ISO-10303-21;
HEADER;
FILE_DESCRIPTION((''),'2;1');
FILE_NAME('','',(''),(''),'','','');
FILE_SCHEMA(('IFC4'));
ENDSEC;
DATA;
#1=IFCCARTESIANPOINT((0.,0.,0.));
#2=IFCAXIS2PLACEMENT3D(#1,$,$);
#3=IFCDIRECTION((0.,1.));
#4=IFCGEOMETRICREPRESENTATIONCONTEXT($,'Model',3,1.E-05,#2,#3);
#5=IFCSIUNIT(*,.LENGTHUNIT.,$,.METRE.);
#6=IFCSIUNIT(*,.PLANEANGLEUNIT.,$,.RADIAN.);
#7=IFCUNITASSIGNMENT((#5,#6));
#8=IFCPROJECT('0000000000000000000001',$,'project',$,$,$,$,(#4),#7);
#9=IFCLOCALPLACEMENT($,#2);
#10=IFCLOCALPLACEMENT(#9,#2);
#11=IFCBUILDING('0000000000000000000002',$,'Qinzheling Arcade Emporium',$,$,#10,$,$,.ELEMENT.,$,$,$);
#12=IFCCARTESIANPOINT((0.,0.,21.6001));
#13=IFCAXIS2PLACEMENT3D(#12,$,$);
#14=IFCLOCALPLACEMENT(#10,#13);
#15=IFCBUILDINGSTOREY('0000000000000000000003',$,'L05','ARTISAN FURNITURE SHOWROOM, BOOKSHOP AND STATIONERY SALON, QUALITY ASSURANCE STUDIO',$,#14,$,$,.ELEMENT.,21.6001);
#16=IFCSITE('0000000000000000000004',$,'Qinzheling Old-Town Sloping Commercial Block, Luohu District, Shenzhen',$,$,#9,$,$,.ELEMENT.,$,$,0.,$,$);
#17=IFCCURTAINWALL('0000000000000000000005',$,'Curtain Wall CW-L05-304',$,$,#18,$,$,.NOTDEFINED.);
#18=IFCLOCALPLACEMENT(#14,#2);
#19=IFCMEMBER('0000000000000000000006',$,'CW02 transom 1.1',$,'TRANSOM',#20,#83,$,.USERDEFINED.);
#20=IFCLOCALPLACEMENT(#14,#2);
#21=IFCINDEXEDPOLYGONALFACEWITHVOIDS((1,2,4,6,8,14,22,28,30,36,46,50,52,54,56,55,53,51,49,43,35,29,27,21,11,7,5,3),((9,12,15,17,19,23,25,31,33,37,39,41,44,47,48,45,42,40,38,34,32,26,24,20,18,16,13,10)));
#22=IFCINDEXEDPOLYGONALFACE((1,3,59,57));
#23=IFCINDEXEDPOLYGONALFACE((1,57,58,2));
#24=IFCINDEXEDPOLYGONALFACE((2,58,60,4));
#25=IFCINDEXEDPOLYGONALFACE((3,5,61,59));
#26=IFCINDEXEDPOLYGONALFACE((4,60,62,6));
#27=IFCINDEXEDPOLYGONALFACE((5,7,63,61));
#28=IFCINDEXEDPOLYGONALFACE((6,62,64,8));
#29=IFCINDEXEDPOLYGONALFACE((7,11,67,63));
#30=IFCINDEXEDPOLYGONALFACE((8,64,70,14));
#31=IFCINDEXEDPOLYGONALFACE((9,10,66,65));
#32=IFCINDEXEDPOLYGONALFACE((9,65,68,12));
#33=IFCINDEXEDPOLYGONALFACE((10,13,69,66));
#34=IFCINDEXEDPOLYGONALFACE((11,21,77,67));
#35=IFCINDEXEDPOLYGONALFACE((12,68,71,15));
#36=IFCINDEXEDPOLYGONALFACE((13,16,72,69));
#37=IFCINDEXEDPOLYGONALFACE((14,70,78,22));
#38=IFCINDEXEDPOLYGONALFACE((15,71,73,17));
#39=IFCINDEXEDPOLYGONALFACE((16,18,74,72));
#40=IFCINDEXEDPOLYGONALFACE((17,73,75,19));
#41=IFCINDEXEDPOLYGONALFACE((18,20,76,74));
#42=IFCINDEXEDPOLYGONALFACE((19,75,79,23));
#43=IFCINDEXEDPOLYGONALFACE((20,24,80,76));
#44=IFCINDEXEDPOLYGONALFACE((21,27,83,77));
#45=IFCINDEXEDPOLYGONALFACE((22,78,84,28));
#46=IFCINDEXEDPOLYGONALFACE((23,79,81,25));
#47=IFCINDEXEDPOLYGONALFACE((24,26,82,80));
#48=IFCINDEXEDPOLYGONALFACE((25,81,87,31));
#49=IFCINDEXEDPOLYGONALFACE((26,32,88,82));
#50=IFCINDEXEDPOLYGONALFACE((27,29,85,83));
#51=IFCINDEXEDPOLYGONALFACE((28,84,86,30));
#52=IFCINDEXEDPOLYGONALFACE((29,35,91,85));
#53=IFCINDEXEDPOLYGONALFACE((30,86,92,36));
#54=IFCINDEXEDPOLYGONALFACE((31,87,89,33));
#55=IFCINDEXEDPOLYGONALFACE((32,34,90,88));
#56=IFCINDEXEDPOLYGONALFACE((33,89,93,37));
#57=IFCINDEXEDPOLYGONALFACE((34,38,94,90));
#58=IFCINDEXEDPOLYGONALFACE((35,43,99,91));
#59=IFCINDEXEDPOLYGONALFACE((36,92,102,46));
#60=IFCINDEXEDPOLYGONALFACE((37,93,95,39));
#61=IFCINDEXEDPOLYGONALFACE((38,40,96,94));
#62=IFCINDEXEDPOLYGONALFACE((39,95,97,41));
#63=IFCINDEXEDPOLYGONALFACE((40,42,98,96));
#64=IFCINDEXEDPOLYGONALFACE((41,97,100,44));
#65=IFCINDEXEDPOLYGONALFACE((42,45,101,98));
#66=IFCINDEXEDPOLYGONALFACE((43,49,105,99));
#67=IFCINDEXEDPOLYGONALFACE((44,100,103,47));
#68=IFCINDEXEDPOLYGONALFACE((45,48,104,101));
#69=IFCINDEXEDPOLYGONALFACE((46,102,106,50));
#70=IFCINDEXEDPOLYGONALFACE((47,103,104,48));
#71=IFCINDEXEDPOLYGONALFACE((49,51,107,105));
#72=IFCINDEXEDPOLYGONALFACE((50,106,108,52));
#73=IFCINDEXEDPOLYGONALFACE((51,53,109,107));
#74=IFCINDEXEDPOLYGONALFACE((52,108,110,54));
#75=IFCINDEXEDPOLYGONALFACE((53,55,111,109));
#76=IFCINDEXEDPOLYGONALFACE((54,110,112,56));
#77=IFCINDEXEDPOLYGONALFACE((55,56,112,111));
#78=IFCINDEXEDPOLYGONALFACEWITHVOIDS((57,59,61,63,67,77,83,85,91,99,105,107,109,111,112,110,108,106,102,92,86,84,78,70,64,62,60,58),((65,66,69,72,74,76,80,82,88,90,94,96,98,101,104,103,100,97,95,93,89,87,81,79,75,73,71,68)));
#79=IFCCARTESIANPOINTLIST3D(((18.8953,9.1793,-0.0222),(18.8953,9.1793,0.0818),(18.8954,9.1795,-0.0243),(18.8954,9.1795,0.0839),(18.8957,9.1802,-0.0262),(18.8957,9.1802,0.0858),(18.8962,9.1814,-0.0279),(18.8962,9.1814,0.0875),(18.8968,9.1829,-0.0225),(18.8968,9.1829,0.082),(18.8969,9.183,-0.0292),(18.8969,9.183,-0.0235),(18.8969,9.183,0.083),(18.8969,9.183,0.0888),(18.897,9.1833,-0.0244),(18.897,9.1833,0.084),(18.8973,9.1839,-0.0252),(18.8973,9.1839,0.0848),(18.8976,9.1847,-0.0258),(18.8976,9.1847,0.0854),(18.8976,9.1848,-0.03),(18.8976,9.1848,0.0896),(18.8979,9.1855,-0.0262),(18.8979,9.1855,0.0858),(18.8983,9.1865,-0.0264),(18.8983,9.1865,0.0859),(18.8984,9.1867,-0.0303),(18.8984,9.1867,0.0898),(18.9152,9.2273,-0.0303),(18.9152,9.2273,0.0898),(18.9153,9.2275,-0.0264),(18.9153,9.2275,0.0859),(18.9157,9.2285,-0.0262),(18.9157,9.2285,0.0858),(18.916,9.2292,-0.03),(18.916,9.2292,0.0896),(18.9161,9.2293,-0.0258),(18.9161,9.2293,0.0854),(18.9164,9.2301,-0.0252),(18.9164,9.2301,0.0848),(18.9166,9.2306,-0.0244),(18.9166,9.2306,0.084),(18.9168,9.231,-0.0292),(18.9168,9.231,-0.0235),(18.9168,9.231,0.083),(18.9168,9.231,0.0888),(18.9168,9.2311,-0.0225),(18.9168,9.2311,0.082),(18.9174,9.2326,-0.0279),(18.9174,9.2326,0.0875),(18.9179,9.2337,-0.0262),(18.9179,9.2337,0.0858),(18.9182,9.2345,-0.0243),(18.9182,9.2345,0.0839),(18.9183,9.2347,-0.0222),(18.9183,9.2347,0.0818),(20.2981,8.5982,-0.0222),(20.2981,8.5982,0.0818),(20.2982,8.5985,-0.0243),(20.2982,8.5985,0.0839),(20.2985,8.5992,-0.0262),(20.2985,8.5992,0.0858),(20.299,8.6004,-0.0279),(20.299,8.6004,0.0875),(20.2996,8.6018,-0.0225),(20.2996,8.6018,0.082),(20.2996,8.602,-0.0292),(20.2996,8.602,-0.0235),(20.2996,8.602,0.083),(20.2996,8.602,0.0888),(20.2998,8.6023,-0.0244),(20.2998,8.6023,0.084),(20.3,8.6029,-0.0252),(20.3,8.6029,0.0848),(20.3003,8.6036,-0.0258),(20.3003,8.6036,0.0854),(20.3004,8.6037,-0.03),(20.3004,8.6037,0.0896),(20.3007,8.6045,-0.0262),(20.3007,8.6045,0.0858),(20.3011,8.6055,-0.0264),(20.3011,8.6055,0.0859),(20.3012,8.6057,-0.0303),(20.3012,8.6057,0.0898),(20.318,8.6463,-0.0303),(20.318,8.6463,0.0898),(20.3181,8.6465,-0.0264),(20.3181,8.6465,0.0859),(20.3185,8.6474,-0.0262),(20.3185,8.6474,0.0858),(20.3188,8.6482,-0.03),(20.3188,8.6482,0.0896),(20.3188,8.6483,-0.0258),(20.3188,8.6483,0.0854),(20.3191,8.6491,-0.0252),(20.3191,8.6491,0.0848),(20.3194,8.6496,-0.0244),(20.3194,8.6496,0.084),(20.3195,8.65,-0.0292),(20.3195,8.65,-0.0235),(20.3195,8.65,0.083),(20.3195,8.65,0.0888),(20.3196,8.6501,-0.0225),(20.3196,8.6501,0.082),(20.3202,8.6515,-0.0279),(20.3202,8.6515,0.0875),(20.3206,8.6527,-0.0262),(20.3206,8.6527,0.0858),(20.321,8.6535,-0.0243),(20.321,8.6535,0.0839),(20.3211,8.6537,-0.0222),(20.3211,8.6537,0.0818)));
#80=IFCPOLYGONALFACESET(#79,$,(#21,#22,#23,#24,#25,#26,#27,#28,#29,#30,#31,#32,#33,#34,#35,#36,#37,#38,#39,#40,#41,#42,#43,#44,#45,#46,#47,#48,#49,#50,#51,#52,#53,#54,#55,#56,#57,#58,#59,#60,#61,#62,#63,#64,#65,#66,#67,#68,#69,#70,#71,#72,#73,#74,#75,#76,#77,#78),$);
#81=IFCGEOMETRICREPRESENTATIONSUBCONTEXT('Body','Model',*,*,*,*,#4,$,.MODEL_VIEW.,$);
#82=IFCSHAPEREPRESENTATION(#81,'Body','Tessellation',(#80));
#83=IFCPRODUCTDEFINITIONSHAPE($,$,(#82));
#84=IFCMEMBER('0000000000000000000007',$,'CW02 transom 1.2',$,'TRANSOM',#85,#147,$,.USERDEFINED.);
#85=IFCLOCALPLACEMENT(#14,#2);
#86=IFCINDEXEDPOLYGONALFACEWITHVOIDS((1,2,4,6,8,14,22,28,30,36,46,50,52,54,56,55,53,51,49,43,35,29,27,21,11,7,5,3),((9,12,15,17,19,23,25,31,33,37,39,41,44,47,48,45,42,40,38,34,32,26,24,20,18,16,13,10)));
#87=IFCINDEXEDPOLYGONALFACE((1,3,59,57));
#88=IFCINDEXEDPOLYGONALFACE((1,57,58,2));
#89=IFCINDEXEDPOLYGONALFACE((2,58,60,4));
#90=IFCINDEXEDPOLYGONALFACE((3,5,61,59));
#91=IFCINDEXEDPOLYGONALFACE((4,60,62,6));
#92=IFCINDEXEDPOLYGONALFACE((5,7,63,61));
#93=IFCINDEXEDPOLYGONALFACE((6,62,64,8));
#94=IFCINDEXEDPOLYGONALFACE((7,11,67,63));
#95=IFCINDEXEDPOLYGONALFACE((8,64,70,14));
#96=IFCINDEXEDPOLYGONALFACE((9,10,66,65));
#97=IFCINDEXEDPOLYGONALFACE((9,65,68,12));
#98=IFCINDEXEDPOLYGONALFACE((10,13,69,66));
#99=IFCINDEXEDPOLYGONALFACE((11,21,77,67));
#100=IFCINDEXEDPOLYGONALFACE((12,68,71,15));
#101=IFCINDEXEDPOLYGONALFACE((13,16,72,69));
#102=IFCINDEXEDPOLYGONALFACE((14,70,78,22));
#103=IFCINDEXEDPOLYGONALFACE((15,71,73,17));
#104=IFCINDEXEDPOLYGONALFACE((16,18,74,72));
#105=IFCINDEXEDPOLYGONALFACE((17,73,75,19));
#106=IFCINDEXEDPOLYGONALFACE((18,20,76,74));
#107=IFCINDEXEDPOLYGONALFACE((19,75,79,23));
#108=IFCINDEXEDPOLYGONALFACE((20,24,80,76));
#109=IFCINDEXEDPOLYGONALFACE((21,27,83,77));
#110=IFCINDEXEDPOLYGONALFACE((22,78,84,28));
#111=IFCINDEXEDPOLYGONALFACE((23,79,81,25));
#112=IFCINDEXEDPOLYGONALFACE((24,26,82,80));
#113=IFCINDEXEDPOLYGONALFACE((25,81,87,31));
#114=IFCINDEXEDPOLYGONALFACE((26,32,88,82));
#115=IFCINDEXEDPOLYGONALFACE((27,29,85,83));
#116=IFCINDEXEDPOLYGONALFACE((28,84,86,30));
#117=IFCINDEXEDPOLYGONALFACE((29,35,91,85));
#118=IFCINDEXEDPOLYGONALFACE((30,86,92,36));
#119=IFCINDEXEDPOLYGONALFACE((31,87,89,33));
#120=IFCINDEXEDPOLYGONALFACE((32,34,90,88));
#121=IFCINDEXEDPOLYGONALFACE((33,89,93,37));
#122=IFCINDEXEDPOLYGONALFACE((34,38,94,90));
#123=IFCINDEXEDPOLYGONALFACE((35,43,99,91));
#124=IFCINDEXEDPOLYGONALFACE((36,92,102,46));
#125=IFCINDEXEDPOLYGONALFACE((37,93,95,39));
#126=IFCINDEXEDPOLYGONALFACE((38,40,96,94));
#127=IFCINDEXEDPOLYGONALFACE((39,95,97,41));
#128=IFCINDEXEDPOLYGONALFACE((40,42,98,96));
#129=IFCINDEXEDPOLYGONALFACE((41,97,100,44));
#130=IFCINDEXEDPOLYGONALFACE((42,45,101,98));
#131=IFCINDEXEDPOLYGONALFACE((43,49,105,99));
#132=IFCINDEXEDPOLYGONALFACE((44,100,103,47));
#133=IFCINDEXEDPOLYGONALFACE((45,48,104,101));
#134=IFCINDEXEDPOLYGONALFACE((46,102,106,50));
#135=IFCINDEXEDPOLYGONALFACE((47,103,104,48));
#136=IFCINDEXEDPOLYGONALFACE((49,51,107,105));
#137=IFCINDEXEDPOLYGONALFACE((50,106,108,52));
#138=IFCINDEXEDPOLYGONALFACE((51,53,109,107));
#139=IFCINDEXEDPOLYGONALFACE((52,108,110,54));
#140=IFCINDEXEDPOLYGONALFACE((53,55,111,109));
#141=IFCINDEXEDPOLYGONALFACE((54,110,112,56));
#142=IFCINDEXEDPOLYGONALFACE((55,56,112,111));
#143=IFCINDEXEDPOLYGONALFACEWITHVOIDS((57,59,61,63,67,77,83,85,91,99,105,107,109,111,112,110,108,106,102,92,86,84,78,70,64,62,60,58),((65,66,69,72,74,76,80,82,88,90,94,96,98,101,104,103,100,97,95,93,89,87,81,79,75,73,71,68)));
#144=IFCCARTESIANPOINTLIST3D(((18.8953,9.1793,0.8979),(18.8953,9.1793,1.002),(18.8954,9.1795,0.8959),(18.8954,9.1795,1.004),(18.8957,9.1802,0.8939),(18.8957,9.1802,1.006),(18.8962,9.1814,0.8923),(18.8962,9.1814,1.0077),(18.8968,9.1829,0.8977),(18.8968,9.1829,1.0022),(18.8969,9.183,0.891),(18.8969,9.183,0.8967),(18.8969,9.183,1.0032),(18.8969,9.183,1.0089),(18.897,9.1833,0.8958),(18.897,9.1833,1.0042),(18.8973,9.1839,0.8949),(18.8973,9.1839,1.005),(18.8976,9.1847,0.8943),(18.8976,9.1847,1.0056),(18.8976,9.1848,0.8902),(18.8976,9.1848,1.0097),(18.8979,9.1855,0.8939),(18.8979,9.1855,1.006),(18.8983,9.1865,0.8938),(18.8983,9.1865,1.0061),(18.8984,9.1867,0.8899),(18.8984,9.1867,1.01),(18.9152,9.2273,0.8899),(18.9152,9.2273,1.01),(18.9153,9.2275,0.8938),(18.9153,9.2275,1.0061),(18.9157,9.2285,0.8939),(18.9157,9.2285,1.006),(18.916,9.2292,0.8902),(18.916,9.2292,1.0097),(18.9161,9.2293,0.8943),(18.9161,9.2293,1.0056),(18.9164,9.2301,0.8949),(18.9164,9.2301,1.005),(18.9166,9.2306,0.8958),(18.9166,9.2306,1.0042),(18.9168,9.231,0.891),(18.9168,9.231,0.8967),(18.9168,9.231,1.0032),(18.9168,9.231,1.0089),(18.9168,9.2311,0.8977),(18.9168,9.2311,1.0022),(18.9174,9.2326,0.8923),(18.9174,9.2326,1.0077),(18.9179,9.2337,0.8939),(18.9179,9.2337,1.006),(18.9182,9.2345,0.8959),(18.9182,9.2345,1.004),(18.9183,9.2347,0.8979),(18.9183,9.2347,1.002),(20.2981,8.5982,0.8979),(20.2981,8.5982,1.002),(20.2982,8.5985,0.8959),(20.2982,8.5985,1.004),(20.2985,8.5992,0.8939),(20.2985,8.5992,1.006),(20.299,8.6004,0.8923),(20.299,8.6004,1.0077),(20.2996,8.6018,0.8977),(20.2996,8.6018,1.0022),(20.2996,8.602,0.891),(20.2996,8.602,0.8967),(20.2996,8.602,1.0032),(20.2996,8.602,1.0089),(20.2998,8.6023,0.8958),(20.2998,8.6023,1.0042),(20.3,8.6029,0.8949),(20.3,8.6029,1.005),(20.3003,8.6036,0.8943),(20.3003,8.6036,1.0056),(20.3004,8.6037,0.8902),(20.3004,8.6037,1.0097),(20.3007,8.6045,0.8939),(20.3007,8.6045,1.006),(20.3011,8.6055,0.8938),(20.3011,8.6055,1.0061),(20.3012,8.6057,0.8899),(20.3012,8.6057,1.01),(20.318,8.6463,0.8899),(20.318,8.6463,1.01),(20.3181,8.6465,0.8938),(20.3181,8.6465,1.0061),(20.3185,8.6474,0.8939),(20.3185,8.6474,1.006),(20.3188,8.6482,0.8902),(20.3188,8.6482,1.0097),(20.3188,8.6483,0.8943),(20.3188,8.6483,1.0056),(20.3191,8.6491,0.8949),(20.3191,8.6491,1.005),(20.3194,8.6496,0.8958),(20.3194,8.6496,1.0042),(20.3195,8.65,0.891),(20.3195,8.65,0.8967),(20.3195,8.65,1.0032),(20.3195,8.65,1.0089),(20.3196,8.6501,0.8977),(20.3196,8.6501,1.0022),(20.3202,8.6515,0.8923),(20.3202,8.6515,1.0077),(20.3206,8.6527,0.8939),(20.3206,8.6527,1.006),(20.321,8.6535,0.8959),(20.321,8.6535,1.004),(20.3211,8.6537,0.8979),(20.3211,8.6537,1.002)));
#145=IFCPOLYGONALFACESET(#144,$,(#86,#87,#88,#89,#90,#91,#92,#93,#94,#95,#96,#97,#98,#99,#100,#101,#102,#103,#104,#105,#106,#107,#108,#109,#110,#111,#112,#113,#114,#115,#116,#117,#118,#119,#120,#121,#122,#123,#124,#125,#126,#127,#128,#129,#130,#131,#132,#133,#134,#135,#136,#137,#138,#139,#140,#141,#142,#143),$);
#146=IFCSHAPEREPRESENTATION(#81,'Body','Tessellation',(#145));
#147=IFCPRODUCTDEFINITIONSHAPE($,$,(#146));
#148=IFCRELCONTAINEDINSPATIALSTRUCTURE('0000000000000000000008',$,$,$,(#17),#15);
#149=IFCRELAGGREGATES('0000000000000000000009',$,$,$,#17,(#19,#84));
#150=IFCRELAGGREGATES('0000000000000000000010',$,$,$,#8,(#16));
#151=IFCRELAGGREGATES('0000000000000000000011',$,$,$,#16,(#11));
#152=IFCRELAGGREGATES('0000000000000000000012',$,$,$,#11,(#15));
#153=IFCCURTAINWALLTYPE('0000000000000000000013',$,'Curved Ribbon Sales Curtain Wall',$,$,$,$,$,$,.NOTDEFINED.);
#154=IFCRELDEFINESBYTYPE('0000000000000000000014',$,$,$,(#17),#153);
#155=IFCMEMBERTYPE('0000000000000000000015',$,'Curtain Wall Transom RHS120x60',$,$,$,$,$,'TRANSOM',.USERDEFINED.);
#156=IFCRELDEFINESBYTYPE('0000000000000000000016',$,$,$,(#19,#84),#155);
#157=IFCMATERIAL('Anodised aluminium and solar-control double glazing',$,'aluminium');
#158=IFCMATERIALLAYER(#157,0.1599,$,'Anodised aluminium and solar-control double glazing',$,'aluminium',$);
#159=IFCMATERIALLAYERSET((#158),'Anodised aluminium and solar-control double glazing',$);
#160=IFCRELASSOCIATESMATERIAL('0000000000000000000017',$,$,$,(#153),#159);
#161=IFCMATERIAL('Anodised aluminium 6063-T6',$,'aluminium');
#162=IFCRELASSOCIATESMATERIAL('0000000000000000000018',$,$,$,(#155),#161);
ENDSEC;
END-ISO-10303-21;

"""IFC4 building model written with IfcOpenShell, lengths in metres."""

from ifc_helpers import new_model, si_unit, direction, frame, origin, origin_2d, place, context, subcontext, project, spatial, hollow_rectangle, extrude, material, layer, layer_set, material_profile, profile_set, type_object, element, aggregate, save


model = new_model("IFC4")

# Units and contexts
model_context = context("Model", 3, precision=1e-05, world=origin(), true_north=direction((0.0, 1.0)))
body_context = subcontext(model_context, "Body", "Model", "MODEL_VIEW")
ifc_project = project(units=[si_unit("LENGTHUNIT", "METRE"), si_unit("PLANEANGLEUNIT", "RADIAN")], contexts=[model_context])

# Site, building, storey
site_placement = place(None, origin())
site = spatial("IfcSite", under=ifc_project, at=site_placement, Name="Qinzheling Old-Town Sloping Commercial Block, Luohu District, Shenzhen", CompositionType="ELEMENT", RefElevation=0.0)
building_placement = place(site_placement, origin())
building = spatial("IfcBuilding", under=site, at=building_placement, Name="Qinzheling Arcade Emporium", CompositionType="ELEMENT")
storey_placement = place(building_placement, frame((0.0, 0.0, 21.6001)))
storey = spatial("IfcBuildingStorey", under=building, at=storey_placement, Name="L05", Description="ARTISAN FURNITURE SHOWROOM, BOOKSHOP AND STATIONERY SALON, QUALITY ASSURANCE STUDIO", CompositionType="ELEMENT", Elevation=21.6001)

# Curtain wall
ifc_material_1 = material(Name="Anodised aluminium and solar-control double glazing", Category="aluminium")
ifc_layer_1 = layer(ifc_material_1, 0.1599, Name="Anodised aluminium and solar-control double glazing", Category="aluminium")
ifc_layer_set_1 = layer_set([ifc_layer_1], Name="Anodised aluminium and solar-control double glazing")
curtain_wall_type = type_object("IfcCurtainWallType", Name="Curved Ribbon Sales Curtain Wall", PredefinedType="NOTDEFINED", material=ifc_layer_set_1)
ifc_material_2 = material(Name="Anodised aluminium 6063-T6", Category="aluminium")
curtain_wall_1_placement = place(storey_placement, origin())
curtain_wall_1 = element("IfcCurtainWall", 1, at=curtain_wall_1_placement, inside=storey, type_object=curtain_wall_type, Name="Curtain Wall CW-L05-304", PredefinedType="NOTDEFINED")

# Members
ifc_material_profile_1 = material_profile(ifc_material_2, hollow_rectangle(XDim=0.0601, YDim=0.1201, WallThickness=0.0039, InnerFilletRadius=0.0039, OuterFilletRadius=0.0081, at=origin_2d()), Name="RHS 120x60x4", Category="aluminium")
ifc_profile_set_1 = profile_set([ifc_material_profile_1], Name="Anodised aluminium 6063-T6")
member_type_1 = type_object("IfcMemberType", Name="Curtain Wall Transom RHS120x60", ElementType="TRANSOM", PredefinedType="USERDEFINED", material=ifc_profile_set_1)
member_1_placement = place(storey_placement, frame((20.3096, 8.626, 0.0298), z_axis=(-0.923884, 0.382674, 0.0), x_axis=(-0.382674, -0.923884, 0.0)))
member_1 = element("IfcMember", 2, at=member_1_placement, type_object=member_type_1, Name="CW02 transom 1.1", ObjectType="TRANSOM", PredefinedType="USERDEFINED", context=body_context, shape_type="SweptSolid", body=[
    extrude(hollow_rectangle(XDim=0.0601, YDim=0.1201, WallThickness=0.0039, InnerFilletRadius=0.0039, OuterFilletRadius=0.0081, at=origin_2d()), origin(), (0.0, 0.0, 1.0), 1.5183),
])
member_2_placement = place(storey_placement, frame((20.3096, 8.626, 0.95), z_axis=(-0.923884, 0.382674, 0.0), x_axis=(-0.382674, -0.923884, 0.0)))
member_2 = element("IfcMember", 3, at=member_2_placement, type_object=member_type_1, Name="CW02 transom 1.2", ObjectType="TRANSOM", PredefinedType="USERDEFINED", context=body_context, shape_type="SweptSolid", body=[
    extrude(hollow_rectangle(XDim=0.0601, YDim=0.1201, WallThickness=0.0039, InnerFilletRadius=0.0039, OuterFilletRadius=0.0081, at=origin_2d()), origin(), (0.0, 0.0, 1.0), 1.5183),
])

aggregate(curtain_wall_1, [member_1, member_2])

save(model, "model.ifc")
